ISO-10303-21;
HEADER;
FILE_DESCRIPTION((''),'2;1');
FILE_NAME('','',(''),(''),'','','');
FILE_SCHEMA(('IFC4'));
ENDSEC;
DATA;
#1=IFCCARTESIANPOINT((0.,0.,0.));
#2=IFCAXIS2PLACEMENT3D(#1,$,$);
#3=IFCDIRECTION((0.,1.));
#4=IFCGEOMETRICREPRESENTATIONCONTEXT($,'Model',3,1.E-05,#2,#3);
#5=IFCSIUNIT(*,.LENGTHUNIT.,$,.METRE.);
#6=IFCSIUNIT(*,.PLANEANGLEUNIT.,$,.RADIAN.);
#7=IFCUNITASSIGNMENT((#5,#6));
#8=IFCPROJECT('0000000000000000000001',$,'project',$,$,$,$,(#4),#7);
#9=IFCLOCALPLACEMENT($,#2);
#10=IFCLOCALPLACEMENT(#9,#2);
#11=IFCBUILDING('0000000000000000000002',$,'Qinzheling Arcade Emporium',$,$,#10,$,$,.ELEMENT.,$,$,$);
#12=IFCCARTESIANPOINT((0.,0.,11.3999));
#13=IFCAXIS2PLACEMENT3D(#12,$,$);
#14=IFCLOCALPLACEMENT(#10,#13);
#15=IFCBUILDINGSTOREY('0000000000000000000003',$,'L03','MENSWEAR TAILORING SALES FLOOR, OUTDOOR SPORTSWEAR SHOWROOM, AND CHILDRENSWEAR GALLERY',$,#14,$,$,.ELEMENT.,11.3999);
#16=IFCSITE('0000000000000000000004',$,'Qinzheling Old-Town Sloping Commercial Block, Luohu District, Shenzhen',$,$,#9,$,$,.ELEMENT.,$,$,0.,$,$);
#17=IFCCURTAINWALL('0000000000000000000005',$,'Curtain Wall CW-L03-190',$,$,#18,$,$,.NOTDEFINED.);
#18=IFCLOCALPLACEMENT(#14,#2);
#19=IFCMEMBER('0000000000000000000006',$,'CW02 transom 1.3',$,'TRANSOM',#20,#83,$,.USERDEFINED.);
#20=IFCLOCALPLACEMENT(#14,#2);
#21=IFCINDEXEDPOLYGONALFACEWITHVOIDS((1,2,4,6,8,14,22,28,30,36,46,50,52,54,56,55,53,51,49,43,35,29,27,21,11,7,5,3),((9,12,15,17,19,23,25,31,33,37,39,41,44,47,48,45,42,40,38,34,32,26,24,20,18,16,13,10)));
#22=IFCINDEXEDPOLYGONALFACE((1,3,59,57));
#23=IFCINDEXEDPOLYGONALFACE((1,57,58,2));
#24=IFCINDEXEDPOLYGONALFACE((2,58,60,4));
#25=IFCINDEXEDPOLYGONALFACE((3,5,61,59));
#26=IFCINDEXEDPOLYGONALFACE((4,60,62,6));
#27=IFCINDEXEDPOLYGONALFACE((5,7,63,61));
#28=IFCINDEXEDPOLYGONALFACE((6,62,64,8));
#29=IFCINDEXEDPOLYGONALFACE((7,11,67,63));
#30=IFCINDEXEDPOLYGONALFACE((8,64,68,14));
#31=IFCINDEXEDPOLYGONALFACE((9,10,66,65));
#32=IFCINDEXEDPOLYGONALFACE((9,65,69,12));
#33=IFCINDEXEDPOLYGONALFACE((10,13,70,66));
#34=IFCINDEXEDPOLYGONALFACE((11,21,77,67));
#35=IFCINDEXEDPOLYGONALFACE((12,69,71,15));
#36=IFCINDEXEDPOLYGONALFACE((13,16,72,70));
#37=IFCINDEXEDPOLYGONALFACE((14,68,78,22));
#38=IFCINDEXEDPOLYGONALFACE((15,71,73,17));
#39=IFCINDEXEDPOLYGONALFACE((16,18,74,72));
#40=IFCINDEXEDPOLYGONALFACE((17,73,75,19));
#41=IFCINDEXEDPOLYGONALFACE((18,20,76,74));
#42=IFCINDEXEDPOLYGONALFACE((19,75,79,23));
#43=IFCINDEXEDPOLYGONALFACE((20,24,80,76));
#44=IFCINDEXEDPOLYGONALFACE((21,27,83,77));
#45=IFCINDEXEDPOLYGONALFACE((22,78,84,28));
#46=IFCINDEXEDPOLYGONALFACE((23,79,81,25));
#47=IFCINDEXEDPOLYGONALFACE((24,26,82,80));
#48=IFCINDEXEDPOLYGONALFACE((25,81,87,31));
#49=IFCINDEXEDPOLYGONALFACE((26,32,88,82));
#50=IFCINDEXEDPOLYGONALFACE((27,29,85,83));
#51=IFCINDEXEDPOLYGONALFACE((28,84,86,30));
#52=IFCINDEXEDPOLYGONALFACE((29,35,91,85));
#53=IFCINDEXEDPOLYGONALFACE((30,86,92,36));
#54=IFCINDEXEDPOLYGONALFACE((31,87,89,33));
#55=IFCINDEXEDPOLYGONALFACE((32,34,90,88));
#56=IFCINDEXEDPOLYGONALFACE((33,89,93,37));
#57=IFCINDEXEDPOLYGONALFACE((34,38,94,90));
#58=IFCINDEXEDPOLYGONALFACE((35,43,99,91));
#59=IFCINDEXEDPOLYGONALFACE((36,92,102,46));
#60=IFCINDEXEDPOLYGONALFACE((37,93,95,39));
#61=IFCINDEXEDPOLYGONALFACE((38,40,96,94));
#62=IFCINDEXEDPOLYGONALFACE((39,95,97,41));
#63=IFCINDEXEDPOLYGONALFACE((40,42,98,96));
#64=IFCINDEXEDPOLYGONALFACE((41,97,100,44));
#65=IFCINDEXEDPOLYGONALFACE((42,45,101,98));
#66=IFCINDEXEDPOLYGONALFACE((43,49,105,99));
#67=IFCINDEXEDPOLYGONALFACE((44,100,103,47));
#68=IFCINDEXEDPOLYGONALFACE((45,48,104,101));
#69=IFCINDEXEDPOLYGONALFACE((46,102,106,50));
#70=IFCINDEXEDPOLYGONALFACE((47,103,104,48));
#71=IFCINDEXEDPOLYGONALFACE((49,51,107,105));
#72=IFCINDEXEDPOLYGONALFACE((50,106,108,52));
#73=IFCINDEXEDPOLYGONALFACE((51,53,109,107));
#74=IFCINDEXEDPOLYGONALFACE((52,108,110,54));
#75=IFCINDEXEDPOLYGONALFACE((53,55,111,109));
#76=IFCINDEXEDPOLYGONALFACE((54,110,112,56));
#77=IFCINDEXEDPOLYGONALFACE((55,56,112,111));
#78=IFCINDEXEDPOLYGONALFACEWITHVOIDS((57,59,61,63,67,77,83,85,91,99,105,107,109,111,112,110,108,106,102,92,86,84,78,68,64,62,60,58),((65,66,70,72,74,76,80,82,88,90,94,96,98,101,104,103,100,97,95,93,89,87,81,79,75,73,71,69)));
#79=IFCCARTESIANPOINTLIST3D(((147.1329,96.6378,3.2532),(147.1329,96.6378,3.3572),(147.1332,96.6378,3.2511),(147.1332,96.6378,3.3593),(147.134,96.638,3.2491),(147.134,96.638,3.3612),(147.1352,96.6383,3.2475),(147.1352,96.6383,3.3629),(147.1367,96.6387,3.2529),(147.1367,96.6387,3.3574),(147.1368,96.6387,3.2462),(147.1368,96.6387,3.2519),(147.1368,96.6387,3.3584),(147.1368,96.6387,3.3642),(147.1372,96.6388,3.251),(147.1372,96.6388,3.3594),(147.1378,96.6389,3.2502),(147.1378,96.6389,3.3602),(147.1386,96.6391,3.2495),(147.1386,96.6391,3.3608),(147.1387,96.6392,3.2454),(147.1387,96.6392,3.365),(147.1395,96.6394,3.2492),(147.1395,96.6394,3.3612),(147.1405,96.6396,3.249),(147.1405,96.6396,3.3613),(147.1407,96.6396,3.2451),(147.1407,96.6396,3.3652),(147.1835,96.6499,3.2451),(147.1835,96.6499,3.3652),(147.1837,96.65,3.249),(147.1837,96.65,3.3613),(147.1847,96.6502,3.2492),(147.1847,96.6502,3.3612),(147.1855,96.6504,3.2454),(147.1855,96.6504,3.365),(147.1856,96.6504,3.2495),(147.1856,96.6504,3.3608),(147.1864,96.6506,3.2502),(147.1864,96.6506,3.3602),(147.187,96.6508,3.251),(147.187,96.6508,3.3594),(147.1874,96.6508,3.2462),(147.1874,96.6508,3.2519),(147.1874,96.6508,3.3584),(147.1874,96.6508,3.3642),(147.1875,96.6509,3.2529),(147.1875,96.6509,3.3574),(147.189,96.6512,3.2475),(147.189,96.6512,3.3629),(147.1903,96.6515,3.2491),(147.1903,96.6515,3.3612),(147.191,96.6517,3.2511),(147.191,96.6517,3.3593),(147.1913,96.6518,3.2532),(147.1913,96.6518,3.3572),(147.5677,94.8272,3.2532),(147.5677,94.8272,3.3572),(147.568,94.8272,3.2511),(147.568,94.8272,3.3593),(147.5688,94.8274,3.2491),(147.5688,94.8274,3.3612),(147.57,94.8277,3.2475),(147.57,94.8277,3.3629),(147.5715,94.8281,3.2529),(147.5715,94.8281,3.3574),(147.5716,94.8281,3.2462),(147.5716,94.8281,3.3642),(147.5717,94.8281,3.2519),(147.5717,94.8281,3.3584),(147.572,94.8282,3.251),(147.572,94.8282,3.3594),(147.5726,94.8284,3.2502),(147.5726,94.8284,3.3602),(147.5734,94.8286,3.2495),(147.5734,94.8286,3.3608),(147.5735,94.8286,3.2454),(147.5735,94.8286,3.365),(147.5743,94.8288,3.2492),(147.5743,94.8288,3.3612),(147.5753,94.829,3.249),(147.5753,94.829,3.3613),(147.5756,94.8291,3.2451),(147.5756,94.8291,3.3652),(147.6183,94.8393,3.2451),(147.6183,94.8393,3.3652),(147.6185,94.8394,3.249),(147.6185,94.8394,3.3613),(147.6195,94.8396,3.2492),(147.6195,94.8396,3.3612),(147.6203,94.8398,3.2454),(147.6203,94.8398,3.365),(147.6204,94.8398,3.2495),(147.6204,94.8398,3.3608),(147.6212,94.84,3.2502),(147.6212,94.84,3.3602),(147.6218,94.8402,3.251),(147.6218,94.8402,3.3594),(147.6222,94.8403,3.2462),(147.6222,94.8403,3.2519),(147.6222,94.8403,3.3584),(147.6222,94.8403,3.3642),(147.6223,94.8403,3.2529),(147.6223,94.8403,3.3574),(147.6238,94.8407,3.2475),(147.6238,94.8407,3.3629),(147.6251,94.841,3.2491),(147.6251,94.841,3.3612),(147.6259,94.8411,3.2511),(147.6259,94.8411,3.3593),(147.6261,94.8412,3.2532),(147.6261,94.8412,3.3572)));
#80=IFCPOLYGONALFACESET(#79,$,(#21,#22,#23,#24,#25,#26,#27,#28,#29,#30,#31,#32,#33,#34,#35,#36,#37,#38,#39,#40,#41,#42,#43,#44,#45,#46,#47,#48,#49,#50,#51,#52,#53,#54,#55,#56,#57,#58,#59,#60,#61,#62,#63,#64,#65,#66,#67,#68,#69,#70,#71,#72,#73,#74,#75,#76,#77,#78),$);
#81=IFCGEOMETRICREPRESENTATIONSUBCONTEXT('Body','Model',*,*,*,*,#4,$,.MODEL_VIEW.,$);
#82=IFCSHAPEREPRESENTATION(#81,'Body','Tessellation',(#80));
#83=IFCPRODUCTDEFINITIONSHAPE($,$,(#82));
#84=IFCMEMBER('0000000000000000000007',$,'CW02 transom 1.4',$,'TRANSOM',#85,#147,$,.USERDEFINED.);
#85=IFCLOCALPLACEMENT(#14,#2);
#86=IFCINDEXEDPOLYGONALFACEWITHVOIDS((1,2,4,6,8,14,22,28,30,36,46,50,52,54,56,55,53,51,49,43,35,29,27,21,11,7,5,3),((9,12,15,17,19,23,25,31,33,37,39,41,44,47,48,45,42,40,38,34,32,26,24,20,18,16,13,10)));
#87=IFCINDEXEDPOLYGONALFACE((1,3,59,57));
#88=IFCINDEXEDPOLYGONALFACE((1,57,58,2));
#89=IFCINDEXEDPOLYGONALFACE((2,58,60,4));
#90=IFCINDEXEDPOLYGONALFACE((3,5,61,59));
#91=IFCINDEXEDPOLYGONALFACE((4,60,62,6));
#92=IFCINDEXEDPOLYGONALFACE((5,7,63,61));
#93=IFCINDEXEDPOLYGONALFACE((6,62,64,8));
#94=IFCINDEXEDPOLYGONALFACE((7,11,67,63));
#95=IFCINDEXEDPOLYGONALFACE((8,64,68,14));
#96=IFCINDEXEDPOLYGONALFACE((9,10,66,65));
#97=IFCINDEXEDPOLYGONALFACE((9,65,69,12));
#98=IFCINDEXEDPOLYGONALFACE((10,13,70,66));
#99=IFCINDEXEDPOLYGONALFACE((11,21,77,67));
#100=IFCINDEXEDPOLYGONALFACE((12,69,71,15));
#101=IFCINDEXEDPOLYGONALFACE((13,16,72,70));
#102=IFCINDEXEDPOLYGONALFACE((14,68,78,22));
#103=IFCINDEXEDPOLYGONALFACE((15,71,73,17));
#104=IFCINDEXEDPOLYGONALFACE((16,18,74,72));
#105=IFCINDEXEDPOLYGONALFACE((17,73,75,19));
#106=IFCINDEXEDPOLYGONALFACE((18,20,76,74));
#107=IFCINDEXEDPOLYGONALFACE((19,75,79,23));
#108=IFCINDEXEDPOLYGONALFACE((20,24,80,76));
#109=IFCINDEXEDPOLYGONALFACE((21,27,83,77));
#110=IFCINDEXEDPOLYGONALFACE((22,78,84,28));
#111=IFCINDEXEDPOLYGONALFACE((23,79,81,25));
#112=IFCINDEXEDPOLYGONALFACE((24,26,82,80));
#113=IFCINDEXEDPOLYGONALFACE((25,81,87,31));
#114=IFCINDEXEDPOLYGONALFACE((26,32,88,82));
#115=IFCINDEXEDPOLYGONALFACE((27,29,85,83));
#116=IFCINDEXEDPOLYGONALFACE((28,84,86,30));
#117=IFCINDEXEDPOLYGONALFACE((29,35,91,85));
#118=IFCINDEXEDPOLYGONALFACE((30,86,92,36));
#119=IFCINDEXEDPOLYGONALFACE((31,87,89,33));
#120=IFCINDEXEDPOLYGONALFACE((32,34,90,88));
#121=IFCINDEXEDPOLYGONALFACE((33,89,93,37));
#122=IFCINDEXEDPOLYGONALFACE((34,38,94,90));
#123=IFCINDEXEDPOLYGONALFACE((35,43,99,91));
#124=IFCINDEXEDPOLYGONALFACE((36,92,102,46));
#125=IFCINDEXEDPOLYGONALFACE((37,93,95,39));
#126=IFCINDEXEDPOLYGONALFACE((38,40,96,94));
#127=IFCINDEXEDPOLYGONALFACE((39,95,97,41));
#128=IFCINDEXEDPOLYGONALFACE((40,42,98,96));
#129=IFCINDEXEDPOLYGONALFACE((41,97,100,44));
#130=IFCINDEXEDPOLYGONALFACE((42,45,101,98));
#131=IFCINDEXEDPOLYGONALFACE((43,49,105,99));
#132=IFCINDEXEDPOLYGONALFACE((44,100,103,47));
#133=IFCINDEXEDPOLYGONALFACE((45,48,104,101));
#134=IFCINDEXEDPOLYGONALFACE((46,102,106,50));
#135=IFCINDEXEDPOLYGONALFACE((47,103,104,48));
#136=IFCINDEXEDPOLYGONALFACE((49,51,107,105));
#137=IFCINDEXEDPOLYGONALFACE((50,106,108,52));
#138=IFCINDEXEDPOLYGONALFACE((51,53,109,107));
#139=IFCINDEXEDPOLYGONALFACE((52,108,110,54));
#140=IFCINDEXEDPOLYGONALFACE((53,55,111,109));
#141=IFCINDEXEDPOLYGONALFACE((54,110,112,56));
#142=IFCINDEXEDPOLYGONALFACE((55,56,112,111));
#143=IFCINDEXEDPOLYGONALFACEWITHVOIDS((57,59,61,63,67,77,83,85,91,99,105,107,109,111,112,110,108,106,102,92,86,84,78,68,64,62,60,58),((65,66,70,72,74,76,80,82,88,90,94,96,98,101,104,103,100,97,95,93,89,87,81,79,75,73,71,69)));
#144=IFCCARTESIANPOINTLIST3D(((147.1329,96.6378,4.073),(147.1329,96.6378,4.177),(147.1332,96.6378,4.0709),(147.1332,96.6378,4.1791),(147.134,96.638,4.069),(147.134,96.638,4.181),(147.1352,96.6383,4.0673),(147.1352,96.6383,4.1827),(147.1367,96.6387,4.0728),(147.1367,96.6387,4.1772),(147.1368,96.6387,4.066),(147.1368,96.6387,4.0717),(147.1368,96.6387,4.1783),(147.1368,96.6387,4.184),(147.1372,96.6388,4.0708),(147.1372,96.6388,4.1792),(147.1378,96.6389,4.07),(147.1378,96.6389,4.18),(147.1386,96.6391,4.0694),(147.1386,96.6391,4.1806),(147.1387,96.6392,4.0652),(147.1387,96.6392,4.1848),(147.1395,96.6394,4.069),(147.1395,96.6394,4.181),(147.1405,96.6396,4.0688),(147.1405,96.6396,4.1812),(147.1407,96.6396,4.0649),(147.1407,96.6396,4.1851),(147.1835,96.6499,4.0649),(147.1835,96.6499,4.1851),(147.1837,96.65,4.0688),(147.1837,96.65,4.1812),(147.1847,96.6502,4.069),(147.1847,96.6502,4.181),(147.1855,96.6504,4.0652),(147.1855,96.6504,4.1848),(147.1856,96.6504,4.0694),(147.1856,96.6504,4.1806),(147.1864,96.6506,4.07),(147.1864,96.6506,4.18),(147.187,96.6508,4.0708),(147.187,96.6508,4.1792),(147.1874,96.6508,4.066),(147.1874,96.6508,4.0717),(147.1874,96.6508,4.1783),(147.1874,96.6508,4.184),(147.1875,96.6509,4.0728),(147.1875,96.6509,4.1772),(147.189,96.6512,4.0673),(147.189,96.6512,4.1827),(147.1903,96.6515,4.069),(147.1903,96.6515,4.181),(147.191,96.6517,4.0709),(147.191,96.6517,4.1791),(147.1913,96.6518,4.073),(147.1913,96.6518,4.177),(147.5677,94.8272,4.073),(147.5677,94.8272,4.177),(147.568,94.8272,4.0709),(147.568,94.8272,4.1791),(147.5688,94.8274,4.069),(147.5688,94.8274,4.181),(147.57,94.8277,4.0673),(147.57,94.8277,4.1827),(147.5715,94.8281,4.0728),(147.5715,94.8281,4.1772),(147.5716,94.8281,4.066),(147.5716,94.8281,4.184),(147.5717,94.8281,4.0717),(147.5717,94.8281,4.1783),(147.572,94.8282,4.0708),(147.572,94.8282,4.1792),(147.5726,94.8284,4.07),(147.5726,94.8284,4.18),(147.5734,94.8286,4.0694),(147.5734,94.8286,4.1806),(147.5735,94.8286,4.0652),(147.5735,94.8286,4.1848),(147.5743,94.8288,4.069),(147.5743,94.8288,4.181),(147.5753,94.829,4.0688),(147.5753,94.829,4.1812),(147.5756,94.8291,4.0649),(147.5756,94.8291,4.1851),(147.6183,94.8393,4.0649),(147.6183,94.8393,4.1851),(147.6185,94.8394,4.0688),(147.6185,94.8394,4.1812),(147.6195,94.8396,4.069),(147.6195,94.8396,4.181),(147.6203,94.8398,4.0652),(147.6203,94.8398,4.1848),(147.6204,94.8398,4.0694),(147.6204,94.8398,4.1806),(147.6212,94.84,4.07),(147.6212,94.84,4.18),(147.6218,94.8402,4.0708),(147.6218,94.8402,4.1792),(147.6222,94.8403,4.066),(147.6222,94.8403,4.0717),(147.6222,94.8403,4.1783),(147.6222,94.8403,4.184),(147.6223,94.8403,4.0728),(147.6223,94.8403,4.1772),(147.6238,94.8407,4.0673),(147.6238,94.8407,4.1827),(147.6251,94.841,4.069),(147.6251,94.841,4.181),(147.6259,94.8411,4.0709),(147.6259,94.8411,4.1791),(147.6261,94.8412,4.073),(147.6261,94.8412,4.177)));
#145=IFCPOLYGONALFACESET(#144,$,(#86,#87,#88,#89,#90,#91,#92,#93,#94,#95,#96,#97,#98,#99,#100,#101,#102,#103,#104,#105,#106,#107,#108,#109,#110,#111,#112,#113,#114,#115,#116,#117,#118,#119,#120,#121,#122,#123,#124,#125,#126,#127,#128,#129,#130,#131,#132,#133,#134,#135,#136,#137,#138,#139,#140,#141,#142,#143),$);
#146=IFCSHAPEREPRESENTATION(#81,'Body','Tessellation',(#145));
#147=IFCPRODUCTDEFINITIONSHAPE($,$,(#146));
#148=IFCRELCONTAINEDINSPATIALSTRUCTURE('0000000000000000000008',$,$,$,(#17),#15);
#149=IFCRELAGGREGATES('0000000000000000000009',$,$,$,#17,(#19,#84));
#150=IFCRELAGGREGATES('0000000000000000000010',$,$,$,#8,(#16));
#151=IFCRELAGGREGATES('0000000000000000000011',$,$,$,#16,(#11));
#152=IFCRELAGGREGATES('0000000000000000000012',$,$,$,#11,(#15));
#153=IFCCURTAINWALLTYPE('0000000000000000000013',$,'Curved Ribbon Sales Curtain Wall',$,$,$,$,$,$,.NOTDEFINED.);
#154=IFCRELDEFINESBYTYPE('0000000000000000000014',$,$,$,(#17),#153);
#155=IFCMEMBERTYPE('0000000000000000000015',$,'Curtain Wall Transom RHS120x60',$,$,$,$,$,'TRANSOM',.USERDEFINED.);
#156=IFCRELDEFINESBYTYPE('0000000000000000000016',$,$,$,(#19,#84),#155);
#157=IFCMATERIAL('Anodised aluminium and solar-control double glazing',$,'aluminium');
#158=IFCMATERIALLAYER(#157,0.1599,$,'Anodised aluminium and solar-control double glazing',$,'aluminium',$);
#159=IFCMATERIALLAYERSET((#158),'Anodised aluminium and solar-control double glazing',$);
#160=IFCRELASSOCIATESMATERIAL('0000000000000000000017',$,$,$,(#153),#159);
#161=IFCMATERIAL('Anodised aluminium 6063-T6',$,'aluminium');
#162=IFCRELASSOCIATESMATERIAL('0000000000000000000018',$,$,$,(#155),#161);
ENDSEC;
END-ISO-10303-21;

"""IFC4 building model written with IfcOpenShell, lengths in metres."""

from ifc_helpers import new_model, si_unit, direction, frame, origin, origin_2d, place, context, subcontext, project, spatial, hollow_rectangle, extrude, material, layer, layer_set, material_profile, profile_set, type_object, element, aggregate, save


model = new_model("IFC4")

# Units and contexts
model_context = context("Model", 3, precision=1e-05, world=origin(), true_north=direction((0.0, 1.0)))
body_context = subcontext(model_context, "Body", "Model", "MODEL_VIEW")
ifc_project = project(units=[si_unit("LENGTHUNIT", "METRE"), si_unit("PLANEANGLEUNIT", "RADIAN")], contexts=[model_context])

# Site, building, storey
site_placement = place(None, origin())
site = spatial("IfcSite", under=ifc_project, at=site_placement, Name="Qinzheling Old-Town Sloping Commercial Block, Luohu District, Shenzhen", CompositionType="ELEMENT", RefElevation=0.0)
building_placement = place(site_placement, origin())
building = spatial("IfcBuilding", under=site, at=building_placement, Name="Qinzheling Arcade Emporium", CompositionType="ELEMENT")
storey_placement = place(building_placement, frame((0.0, 0.0, 11.3999)))
storey = spatial("IfcBuildingStorey", under=building, at=storey_placement, Name="L03", Description="MENSWEAR TAILORING SALES FLOOR, OUTDOOR SPORTSWEAR SHOWROOM, AND CHILDRENSWEAR GALLERY", CompositionType="ELEMENT", Elevation=11.3999)

# Curtain wall
ifc_material_1 = material(Name="Anodised aluminium and solar-control double glazing", Category="aluminium")
ifc_layer_1 = layer(ifc_material_1, 0.1599, Name="Anodised aluminium and solar-control double glazing", Category="aluminium")
ifc_layer_set_1 = layer_set([ifc_layer_1], Name="Anodised aluminium and solar-control double glazing")
curtain_wall_type = type_object("IfcCurtainWallType", Name="Curved Ribbon Sales Curtain Wall", PredefinedType="NOTDEFINED", material=ifc_layer_set_1)
ifc_material_2 = material(Name="Anodised aluminium 6063-T6", Category="aluminium")
curtain_wall_1_placement = place(storey_placement, origin())
curtain_wall_1 = element("IfcCurtainWall", 1, at=curtain_wall_1_placement, inside=storey, type_object=curtain_wall_type, Name="Curtain Wall CW-L03-190", PredefinedType="NOTDEFINED")

# Members
ifc_material_profile_1 = material_profile(ifc_material_2, hollow_rectangle(XDim=0.0601, YDim=0.1201, WallThickness=0.0039, InnerFilletRadius=0.0039, OuterFilletRadius=0.0081, at=origin_2d()), Name="RHS 120x60x4", Category="aluminium")
ifc_profile_set_1 = profile_set([ifc_material_profile_1], Name="Anodised aluminium 6063-T6")
member_type_1 = type_object("IfcMemberType", Name="Curtain Wall Transom RHS120x60", ElementType="TRANSOM", PredefinedType="USERDEFINED", material=ifc_profile_set_1)
member_1_placement = place(storey_placement, frame((147.1621, 96.6448, 3.3052), z_axis=(0.233517, -0.972353, 0.0), x_axis=(0.972353, 0.233517, 0.0)))
member_1 = element("IfcMember", 2, at=member_1_placement, type_object=member_type_1, Name="CW02 transom 1.3", ObjectType="TRANSOM", PredefinedType="USERDEFINED", context=body_context, shape_type="SweptSolid", body=[
    extrude(hollow_rectangle(XDim=0.0601, YDim=0.1201, WallThickness=0.0039, InnerFilletRadius=0.0039, OuterFilletRadius=0.0081, at=origin_2d()), origin(), (0.0, 0.0, 1.0), 1.8621),
])
member_2_placement = place(storey_placement, frame((147.1621, 96.6448, 4.125), z_axis=(0.233517, -0.972353, 0.0), x_axis=(0.972353, 0.233517, 0.0)))
member_2 = element("IfcMember", 3, at=member_2_placement, type_object=member_type_1, Name="CW02 transom 1.4", ObjectType="TRANSOM", PredefinedType="USERDEFINED", context=body_context, shape_type="SweptSolid", body=[
    extrude(hollow_rectangle(XDim=0.0601, YDim=0.1201, WallThickness=0.0039, InnerFilletRadius=0.0039, OuterFilletRadius=0.0081, at=origin_2d()), origin(), (0.0, 0.0, 1.0), 1.8621),
])

aggregate(curtain_wall_1, [member_1, member_2])

save(model, "model.ifc")
